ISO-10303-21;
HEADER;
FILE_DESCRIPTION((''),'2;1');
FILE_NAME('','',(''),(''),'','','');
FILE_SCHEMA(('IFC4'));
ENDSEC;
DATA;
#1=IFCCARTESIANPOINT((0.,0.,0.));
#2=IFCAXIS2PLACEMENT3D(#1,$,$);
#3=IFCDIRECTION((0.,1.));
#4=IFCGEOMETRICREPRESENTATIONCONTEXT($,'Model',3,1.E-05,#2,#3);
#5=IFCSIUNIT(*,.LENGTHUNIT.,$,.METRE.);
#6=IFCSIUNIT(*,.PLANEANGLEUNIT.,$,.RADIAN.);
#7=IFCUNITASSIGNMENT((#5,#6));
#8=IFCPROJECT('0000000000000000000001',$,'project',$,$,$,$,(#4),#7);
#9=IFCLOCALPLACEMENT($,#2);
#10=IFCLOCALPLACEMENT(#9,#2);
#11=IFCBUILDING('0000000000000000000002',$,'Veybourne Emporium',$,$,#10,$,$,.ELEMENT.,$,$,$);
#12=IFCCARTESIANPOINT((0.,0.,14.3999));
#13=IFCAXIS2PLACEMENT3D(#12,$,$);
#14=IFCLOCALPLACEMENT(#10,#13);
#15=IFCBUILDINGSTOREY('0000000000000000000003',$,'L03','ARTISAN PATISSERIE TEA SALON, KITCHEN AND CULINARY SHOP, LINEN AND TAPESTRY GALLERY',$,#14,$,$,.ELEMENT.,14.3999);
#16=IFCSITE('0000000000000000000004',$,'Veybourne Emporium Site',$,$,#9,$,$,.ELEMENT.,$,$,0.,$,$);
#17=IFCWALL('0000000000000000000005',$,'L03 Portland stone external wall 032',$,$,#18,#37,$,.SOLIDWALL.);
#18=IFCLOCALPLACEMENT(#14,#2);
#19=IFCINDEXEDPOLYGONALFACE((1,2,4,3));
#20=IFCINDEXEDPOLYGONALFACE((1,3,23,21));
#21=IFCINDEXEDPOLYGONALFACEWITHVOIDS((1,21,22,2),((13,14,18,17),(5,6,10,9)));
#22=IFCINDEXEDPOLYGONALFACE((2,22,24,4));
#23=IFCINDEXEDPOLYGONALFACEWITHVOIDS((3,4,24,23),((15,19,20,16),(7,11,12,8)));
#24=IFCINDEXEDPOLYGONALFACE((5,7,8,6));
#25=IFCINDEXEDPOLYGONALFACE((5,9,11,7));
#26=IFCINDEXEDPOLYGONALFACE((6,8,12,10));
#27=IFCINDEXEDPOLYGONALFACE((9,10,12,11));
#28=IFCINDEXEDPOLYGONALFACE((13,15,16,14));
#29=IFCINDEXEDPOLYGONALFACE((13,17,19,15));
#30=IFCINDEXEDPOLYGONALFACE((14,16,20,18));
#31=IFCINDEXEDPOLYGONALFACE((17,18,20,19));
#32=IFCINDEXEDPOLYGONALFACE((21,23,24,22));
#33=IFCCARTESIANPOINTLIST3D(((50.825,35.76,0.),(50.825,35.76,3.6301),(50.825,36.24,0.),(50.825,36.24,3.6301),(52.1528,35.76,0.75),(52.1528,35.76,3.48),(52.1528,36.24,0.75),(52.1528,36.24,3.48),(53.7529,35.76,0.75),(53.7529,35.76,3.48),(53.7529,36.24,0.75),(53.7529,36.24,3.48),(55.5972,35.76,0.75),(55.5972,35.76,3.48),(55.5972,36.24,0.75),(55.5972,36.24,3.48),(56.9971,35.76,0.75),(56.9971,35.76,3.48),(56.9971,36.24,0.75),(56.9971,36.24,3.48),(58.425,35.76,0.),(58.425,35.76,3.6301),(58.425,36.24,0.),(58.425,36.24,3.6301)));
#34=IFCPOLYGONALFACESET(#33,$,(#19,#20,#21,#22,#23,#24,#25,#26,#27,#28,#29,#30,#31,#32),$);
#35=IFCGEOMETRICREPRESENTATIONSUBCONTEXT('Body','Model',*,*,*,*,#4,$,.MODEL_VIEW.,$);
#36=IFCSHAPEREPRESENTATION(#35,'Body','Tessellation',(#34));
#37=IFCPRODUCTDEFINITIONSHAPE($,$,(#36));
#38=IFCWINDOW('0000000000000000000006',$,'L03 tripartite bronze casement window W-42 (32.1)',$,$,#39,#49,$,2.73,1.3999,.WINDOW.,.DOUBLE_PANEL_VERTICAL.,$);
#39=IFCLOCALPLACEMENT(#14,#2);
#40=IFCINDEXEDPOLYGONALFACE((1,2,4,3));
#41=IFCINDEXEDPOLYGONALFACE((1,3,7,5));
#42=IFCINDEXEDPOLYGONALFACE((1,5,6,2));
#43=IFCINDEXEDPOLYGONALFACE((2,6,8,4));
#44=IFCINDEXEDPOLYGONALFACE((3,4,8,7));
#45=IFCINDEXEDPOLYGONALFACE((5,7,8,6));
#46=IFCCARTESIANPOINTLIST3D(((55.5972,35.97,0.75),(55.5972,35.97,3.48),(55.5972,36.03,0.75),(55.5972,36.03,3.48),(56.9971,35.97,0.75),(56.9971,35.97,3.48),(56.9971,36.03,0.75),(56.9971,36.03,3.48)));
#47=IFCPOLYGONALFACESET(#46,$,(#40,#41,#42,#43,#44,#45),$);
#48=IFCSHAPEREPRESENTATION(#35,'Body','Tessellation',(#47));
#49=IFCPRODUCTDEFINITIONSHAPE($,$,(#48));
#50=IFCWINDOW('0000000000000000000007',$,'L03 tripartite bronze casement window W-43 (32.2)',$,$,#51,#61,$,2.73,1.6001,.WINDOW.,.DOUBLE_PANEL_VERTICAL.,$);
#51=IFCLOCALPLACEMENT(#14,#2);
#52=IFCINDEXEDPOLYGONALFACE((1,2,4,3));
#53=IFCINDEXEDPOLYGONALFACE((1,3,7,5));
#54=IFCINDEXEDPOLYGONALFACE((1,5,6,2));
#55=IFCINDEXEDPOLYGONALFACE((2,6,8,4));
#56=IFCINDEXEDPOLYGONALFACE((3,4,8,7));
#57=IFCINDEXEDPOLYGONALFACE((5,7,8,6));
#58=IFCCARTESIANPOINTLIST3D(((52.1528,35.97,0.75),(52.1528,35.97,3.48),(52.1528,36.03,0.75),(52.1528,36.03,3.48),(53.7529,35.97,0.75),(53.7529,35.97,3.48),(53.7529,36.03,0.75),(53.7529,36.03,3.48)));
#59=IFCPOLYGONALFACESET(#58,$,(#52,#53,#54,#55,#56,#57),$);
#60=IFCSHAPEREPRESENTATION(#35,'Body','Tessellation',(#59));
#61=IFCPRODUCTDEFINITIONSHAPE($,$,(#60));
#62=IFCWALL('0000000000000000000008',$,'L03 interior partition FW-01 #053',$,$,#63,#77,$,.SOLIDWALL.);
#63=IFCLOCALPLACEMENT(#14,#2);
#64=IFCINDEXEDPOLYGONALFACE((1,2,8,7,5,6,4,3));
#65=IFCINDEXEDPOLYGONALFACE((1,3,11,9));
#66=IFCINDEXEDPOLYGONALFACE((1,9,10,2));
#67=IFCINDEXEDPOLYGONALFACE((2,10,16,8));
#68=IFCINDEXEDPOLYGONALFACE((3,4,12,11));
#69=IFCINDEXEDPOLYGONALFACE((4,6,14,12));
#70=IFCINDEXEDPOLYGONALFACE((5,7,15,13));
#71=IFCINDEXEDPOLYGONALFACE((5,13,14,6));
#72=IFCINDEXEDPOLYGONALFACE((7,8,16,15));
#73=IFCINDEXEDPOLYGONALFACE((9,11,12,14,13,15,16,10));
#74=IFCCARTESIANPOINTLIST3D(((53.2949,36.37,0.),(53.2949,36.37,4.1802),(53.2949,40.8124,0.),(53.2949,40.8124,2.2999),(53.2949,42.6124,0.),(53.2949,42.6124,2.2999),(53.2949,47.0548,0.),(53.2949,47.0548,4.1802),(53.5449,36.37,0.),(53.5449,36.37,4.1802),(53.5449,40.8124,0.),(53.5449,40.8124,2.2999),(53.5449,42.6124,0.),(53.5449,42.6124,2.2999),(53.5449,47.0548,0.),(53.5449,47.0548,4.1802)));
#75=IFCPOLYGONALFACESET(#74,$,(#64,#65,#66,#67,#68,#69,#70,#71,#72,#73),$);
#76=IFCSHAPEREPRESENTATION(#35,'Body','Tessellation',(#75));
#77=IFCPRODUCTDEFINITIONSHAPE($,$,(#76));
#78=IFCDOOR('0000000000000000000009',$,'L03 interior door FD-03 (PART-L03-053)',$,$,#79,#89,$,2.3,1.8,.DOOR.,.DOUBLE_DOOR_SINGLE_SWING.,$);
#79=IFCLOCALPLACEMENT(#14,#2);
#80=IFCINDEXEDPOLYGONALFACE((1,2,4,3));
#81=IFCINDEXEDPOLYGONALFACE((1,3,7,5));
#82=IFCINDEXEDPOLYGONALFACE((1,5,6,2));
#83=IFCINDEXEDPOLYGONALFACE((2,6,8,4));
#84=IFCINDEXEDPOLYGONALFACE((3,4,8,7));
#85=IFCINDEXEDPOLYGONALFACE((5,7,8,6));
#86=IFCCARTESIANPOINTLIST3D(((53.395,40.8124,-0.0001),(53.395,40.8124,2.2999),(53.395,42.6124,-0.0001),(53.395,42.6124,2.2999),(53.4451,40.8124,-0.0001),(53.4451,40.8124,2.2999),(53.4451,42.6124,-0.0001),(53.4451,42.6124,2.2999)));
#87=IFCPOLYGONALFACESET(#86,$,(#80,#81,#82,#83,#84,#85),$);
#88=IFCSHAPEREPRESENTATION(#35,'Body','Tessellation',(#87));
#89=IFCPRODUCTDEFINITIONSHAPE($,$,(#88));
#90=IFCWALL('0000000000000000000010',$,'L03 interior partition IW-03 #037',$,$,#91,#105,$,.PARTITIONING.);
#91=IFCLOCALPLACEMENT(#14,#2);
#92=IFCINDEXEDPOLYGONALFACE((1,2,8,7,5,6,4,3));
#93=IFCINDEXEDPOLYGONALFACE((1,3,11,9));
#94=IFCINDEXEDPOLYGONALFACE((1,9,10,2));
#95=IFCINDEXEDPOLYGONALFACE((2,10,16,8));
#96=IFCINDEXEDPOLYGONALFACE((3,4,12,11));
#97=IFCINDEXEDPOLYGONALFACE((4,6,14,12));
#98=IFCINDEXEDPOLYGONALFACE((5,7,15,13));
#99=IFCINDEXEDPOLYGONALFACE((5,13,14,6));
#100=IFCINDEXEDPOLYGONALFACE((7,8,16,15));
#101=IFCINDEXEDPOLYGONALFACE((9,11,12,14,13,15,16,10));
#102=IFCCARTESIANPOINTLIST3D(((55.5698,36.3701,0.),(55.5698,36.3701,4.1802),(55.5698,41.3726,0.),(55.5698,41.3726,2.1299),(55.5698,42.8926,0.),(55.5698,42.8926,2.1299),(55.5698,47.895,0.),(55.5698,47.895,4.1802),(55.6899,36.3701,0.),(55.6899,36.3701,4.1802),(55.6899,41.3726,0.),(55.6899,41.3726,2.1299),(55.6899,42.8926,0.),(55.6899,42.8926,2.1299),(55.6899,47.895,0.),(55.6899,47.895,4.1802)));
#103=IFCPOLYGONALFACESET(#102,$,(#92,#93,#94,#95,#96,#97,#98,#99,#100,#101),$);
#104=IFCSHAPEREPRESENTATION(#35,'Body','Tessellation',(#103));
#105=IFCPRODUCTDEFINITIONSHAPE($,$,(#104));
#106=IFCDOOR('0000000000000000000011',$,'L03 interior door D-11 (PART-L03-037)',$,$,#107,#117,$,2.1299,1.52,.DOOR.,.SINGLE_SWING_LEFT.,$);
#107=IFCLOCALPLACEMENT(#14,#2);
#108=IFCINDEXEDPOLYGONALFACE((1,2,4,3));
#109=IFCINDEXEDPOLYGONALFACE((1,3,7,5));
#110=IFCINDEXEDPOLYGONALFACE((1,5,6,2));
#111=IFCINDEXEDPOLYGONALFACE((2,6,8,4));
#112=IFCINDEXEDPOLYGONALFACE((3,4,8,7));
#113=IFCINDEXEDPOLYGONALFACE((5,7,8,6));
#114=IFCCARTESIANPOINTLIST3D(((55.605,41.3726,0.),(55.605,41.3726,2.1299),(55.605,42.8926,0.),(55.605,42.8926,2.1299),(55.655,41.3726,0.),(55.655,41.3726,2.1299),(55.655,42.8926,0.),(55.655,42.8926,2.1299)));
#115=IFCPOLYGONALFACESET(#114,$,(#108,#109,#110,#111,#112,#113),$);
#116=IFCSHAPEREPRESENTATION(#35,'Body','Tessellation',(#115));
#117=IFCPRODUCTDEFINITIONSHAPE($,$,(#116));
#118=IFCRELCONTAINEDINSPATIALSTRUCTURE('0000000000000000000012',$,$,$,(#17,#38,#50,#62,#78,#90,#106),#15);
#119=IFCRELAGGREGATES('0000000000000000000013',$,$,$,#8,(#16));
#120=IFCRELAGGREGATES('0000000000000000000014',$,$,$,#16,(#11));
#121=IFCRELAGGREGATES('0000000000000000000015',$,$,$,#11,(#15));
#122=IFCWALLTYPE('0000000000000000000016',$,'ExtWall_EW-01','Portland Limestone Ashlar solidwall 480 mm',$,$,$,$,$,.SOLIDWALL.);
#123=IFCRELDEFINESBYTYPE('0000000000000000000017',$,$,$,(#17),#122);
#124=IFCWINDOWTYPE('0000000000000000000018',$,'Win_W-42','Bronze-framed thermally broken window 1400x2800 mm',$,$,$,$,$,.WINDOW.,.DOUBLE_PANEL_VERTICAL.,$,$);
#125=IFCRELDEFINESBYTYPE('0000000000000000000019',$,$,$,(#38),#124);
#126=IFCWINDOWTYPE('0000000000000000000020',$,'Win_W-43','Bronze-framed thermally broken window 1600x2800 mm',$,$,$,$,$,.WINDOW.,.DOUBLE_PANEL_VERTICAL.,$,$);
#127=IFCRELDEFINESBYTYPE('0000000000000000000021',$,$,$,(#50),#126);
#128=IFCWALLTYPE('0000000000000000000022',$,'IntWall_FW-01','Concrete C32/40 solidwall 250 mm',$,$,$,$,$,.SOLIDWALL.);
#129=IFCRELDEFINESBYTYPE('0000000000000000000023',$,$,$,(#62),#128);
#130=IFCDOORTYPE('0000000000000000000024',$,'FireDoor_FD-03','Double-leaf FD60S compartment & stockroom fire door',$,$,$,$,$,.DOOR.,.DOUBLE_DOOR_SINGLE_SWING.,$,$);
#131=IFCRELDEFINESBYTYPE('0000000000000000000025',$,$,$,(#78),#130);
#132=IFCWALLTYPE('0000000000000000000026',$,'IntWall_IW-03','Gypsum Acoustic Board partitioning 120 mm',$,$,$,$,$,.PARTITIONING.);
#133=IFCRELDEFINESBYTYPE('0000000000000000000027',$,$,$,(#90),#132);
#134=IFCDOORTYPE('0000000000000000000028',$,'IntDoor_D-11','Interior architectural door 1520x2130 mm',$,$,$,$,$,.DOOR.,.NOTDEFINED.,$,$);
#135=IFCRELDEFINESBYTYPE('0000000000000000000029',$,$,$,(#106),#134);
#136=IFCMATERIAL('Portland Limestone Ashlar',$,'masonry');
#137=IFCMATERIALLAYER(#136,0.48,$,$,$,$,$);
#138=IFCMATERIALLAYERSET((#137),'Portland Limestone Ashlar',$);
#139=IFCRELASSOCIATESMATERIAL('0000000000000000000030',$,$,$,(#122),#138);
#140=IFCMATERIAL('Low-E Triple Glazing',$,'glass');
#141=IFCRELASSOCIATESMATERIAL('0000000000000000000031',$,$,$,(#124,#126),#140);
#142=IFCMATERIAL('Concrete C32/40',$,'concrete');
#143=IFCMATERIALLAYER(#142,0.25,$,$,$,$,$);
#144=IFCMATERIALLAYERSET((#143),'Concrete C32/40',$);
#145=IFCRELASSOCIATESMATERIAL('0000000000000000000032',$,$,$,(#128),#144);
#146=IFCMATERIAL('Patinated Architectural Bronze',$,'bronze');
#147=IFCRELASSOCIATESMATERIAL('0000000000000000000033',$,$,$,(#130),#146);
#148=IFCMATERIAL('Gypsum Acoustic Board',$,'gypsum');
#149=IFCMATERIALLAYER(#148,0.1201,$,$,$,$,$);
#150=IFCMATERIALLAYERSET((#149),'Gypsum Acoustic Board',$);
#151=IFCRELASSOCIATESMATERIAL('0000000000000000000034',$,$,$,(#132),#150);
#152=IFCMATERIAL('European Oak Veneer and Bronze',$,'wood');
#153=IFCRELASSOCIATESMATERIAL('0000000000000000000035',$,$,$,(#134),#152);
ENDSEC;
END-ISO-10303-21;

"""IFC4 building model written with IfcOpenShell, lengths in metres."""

from ifc_helpers import new_model, si_unit, direction, frame, frame_2d, origin, place, context, subcontext, project, spatial, rectangle, extrude, material, layer, layer_set, type_object, element, fill, save


model = new_model("IFC4")

# Units and contexts
model_context = context("Model", 3, precision=1e-05, world=origin(), true_north=direction((0.0, 1.0)))
body_context = subcontext(model_context, "Body", "Model", "MODEL_VIEW")
ifc_project = project(units=[si_unit("LENGTHUNIT", "METRE"), si_unit("PLANEANGLEUNIT", "RADIAN")], contexts=[model_context])

# Site, building, storey
site_placement = place(None, origin())
site = spatial("IfcSite", under=ifc_project, at=site_placement, Name="Veybourne Emporium Site", CompositionType="ELEMENT", RefElevation=0.0)
building_placement = place(site_placement, origin())
building = spatial("IfcBuilding", under=site, at=building_placement, Name="Veybourne Emporium", CompositionType="ELEMENT")
storey_placement = place(building_placement, frame((0.0, 0.0, 14.3999)))
storey = spatial("IfcBuildingStorey", under=building, at=storey_placement, Name="L03", Description="ARTISAN PATISSERIE TEA SALON, KITCHEN AND CULINARY SHOP, LINEN AND TAPESTRY GALLERY", CompositionType="ELEMENT", Elevation=14.3999)

# Shared definitions
ifc_material_1 = material(Name="Concrete C32/40", Category="concrete")

# Wall, openings, windows
ifc_material_2 = material(Name="Portland Limestone Ashlar", Category="masonry")
ifc_layer_1 = layer(ifc_material_2, 0.48)
ifc_layer_set_1 = layer_set([ifc_layer_1], Name="Portland Limestone Ashlar")
wall_type_1 = type_object("IfcWallType", Name="ExtWall_EW-01", Description="Portland Limestone Ashlar solidwall 480 mm", PredefinedType="SOLIDWALL", material=ifc_layer_set_1)
wall_1_placement = place(storey_placement, frame((58.425, 36.0, 0.0), z_axis=(0.0, 0.0, 1.0), x_axis=(-1.0, 0.0, 0.0)))
wall_1 = element("IfcWall", 1, at=wall_1_placement, inside=storey, type_object=wall_type_1, Name="L03 Portland stone external wall 032", PredefinedType="SOLIDWALL", context=body_context, shape_type="SweptSolid", body=[
    extrude(rectangle(XDim=7.6001, YDim=0.48, at=frame_2d((3.8, 0.0))), origin(), (0.0, 0.0, 1.0), 3.6301),
])
opening_1_placement = place(wall_1_placement, frame((1.428, 0.0, 0.75)))
opening_1 = element("IfcOpeningElement", 2, at=opening_1_placement, cuts=wall_1, PredefinedType="OPENING", context=body_context, shape_type="SweptSolid", body=[
    extrude(rectangle(XDim=1.3999, YDim=2.73, at=frame_2d((0.7, 1.365))), frame((0.0, 0.26, 0.0), z_axis=(0.0, -1.0, 0.0), x_axis=(1.0, 0.0, 0.0)), (0.0, 0.0, 1.0), 0.52),
])
opening_2_placement = place(wall_1_placement, frame((4.6721, 0.0, 0.75)))
opening_2 = element("IfcOpeningElement", 3, at=opening_2_placement, cuts=wall_1, PredefinedType="OPENING", context=body_context, shape_type="SweptSolid", body=[
    extrude(rectangle(XDim=1.6001, YDim=2.73, at=frame_2d((0.8, 1.365))), frame((0.0, 0.26, 0.0), z_axis=(0.0, -1.0, 0.0), x_axis=(1.0, 0.0, 0.0)), (0.0, 0.0, 1.0), 0.52),
])
ifc_material_3 = material(Name="Low-E Triple Glazing", Category="glass")
window_type_1 = type_object("IfcWindowType", Name="Win_W-42", Description="Bronze-framed thermally broken window 1400x2800 mm", PartitioningType="DOUBLE_PANEL_VERTICAL", PredefinedType="WINDOW", material=ifc_material_3)
window_1_placement = place(opening_1_placement, origin())
window_1 = element("IfcWindow", 4, at=window_1_placement, inside=storey, type_object=window_type_1, Name="L03 tripartite bronze casement window W-42 (32.1)", OverallHeight=2.73, OverallWidth=1.3999, PartitioningType="DOUBLE_PANEL_VERTICAL", PredefinedType="WINDOW", context=body_context, shape_type="SweptSolid", body=[
    extrude(rectangle(XDim=1.3999, YDim=2.73, at=frame_2d((0.7, 1.365))), frame((0.0, 0.03, 0.0), z_axis=(0.0, -1.0, 0.0), x_axis=(1.0, 0.0, 0.0)), (0.0, 0.0, 1.0), 0.0601),
])
fill(opening_1, window_1)
window_type_2 = type_object("IfcWindowType", Name="Win_W-43", Description="Bronze-framed thermally broken window 1600x2800 mm", PartitioningType="DOUBLE_PANEL_VERTICAL", PredefinedType="WINDOW", material=ifc_material_3)
window_2_placement = place(opening_2_placement, origin())
window_2 = element("IfcWindow", 5, at=window_2_placement, inside=storey, type_object=window_type_2, Name="L03 tripartite bronze casement window W-43 (32.2)", OverallHeight=2.73, OverallWidth=1.6001, PartitioningType="DOUBLE_PANEL_VERTICAL", PredefinedType="WINDOW", context=body_context, shape_type="SweptSolid", body=[
    extrude(rectangle(XDim=1.6001, YDim=2.73, at=frame_2d((0.8, 1.365))), frame((0.0, 0.03, 0.0), z_axis=(0.0, -1.0, 0.0), x_axis=(1.0, 0.0, 0.0)), (0.0, 0.0, 1.0), 0.0601),
])
fill(opening_2, window_2)

# Walls, openings, doors
ifc_layer_2 = layer(ifc_material_1, 0.25)
ifc_layer_set_2 = layer_set([ifc_layer_2], Name="Concrete C32/40")
wall_type_2 = type_object("IfcWallType", Name="IntWall_FW-01", Description="Concrete C32/40 solidwall 250 mm", PredefinedType="SOLIDWALL", material=ifc_layer_set_2)
wall_2_placement = place(storey_placement, frame((53.4199, 36.3701, 0.0), z_axis=(0.0, 0.0, 1.0), x_axis=(0.0, 1.0, 0.0)))
wall_2 = element("IfcWall", 6, at=wall_2_placement, inside=storey, type_object=wall_type_2, Name="L03 interior partition FW-01 #053", PredefinedType="SOLIDWALL", context=body_context, shape_type="SweptSolid", body=[
    extrude(rectangle(XDim=10.6848, YDim=0.25, at=frame_2d((5.3423, 0.0))), origin(), (0.0, 0.0, 1.0), 4.1802),
])
opening_3_placement = place(wall_2_placement, frame((4.4424, 0.0, 0.0)))
opening_3 = element("IfcOpeningElement", 7, at=opening_3_placement, cuts=wall_2, PredefinedType="OPENING", context=body_context, shape_type="SweptSolid", body=[
    extrude(rectangle(XDim=1.8, YDim=2.3, at=frame_2d((0.8999, 1.1499))), frame((0.0, 0.145, 0.0), z_axis=(0.0, -1.0, 0.0), x_axis=(1.0, 0.0, 0.0)), (0.0, 0.0, 1.0), 0.29),
])
ifc_material_4 = material(Name="Patinated Architectural Bronze", Category="bronze")
door_type_1 = type_object("IfcDoorType", Name="FireDoor_FD-03", Description="Double-leaf FD60S compartment & stockroom fire door", OperationType="DOUBLE_DOOR_SINGLE_SWING", PredefinedType="DOOR", material=ifc_material_4)
door_1_placement = place(opening_3_placement, origin())
door_1 = element("IfcDoor", 8, at=door_1_placement, inside=storey, type_object=door_type_1, Name="L03 interior door FD-03 (PART-L03-053)", OperationType="DOUBLE_DOOR_SINGLE_SWING", OverallHeight=2.3, OverallWidth=1.8, PredefinedType="DOOR", context=body_context, shape_type="SweptSolid", body=[
    extrude(rectangle(XDim=1.8, YDim=2.3, at=frame_2d((0.8999, 1.1499))), frame((0.0, 0.0249, 0.0), z_axis=(0.0, -1.0, 0.0), x_axis=(1.0, 0.0, 0.0)), (0.0, 0.0, 1.0), 0.05),
])
fill(opening_3, door_1)
ifc_material_5 = material(Name="Gypsum Acoustic Board", Category="gypsum")
ifc_layer_3 = layer(ifc_material_5, 0.1201)
ifc_layer_set_3 = layer_set([ifc_layer_3], Name="Gypsum Acoustic Board")
wall_type_3 = type_object("IfcWallType", Name="IntWall_IW-03", Description="Gypsum Acoustic Board partitioning 120 mm", PredefinedType="PARTITIONING", material=ifc_layer_set_3)
wall_3_placement = place(storey_placement, frame((55.6299, 36.3701, 0.0), z_axis=(0.0, 0.0, 1.0), x_axis=(0.0, 1.0, 0.0)))
wall_3 = element("IfcWall", 9, at=wall_3_placement, inside=storey, type_object=wall_type_3, Name="L03 interior partition IW-03 #037", PredefinedType="PARTITIONING", context=body_context, shape_type="SweptSolid", body=[
    extrude(rectangle(XDim=11.5249, YDim=0.1201, at=frame_2d((5.7625, 0.0))), origin(), (0.0, 0.0, 1.0), 4.1802),
])
opening_4_placement = place(wall_3_placement, frame((5.0024, 0.0, 0.0)))
opening_4 = element("IfcOpeningElement", 10, at=opening_4_placement, cuts=wall_3, PredefinedType="OPENING", context=body_context, shape_type="SweptSolid", body=[
    extrude(rectangle(XDim=1.52, YDim=2.1299, at=frame_2d((0.76, 1.0649))), frame((0.0, 0.0801, 0.0), z_axis=(0.0, -1.0, 0.0), x_axis=(1.0, 0.0, 0.0)), (0.0, 0.0, 1.0), 0.1602),
])
ifc_material_6 = material(Name="European Oak Veneer and Bronze", Category="wood")
door_type_2 = type_object("IfcDoorType", Name="IntDoor_D-11", Description="Interior architectural door 1520x2130 mm", OperationType="NOTDEFINED", PredefinedType="DOOR", material=ifc_material_6)
door_2_placement = place(opening_4_placement, origin())
door_2 = element("IfcDoor", 11, at=door_2_placement, inside=storey, type_object=door_type_2, Name="L03 interior door D-11 (PART-L03-037)", OperationType="SINGLE_SWING_LEFT", OverallHeight=2.1299, OverallWidth=1.52, PredefinedType="DOOR", context=body_context, shape_type="SweptSolid", body=[
    extrude(rectangle(XDim=1.52, YDim=2.1299, at=frame_2d((0.76, 1.0649))), frame((0.0, 0.0249, 0.0), z_axis=(0.0, -1.0, 0.0), x_axis=(1.0, 0.0, 0.0)), (0.0, 0.0, 1.0), 0.05),
])
fill(opening_4, door_2)

save(model, "model.ifc")
